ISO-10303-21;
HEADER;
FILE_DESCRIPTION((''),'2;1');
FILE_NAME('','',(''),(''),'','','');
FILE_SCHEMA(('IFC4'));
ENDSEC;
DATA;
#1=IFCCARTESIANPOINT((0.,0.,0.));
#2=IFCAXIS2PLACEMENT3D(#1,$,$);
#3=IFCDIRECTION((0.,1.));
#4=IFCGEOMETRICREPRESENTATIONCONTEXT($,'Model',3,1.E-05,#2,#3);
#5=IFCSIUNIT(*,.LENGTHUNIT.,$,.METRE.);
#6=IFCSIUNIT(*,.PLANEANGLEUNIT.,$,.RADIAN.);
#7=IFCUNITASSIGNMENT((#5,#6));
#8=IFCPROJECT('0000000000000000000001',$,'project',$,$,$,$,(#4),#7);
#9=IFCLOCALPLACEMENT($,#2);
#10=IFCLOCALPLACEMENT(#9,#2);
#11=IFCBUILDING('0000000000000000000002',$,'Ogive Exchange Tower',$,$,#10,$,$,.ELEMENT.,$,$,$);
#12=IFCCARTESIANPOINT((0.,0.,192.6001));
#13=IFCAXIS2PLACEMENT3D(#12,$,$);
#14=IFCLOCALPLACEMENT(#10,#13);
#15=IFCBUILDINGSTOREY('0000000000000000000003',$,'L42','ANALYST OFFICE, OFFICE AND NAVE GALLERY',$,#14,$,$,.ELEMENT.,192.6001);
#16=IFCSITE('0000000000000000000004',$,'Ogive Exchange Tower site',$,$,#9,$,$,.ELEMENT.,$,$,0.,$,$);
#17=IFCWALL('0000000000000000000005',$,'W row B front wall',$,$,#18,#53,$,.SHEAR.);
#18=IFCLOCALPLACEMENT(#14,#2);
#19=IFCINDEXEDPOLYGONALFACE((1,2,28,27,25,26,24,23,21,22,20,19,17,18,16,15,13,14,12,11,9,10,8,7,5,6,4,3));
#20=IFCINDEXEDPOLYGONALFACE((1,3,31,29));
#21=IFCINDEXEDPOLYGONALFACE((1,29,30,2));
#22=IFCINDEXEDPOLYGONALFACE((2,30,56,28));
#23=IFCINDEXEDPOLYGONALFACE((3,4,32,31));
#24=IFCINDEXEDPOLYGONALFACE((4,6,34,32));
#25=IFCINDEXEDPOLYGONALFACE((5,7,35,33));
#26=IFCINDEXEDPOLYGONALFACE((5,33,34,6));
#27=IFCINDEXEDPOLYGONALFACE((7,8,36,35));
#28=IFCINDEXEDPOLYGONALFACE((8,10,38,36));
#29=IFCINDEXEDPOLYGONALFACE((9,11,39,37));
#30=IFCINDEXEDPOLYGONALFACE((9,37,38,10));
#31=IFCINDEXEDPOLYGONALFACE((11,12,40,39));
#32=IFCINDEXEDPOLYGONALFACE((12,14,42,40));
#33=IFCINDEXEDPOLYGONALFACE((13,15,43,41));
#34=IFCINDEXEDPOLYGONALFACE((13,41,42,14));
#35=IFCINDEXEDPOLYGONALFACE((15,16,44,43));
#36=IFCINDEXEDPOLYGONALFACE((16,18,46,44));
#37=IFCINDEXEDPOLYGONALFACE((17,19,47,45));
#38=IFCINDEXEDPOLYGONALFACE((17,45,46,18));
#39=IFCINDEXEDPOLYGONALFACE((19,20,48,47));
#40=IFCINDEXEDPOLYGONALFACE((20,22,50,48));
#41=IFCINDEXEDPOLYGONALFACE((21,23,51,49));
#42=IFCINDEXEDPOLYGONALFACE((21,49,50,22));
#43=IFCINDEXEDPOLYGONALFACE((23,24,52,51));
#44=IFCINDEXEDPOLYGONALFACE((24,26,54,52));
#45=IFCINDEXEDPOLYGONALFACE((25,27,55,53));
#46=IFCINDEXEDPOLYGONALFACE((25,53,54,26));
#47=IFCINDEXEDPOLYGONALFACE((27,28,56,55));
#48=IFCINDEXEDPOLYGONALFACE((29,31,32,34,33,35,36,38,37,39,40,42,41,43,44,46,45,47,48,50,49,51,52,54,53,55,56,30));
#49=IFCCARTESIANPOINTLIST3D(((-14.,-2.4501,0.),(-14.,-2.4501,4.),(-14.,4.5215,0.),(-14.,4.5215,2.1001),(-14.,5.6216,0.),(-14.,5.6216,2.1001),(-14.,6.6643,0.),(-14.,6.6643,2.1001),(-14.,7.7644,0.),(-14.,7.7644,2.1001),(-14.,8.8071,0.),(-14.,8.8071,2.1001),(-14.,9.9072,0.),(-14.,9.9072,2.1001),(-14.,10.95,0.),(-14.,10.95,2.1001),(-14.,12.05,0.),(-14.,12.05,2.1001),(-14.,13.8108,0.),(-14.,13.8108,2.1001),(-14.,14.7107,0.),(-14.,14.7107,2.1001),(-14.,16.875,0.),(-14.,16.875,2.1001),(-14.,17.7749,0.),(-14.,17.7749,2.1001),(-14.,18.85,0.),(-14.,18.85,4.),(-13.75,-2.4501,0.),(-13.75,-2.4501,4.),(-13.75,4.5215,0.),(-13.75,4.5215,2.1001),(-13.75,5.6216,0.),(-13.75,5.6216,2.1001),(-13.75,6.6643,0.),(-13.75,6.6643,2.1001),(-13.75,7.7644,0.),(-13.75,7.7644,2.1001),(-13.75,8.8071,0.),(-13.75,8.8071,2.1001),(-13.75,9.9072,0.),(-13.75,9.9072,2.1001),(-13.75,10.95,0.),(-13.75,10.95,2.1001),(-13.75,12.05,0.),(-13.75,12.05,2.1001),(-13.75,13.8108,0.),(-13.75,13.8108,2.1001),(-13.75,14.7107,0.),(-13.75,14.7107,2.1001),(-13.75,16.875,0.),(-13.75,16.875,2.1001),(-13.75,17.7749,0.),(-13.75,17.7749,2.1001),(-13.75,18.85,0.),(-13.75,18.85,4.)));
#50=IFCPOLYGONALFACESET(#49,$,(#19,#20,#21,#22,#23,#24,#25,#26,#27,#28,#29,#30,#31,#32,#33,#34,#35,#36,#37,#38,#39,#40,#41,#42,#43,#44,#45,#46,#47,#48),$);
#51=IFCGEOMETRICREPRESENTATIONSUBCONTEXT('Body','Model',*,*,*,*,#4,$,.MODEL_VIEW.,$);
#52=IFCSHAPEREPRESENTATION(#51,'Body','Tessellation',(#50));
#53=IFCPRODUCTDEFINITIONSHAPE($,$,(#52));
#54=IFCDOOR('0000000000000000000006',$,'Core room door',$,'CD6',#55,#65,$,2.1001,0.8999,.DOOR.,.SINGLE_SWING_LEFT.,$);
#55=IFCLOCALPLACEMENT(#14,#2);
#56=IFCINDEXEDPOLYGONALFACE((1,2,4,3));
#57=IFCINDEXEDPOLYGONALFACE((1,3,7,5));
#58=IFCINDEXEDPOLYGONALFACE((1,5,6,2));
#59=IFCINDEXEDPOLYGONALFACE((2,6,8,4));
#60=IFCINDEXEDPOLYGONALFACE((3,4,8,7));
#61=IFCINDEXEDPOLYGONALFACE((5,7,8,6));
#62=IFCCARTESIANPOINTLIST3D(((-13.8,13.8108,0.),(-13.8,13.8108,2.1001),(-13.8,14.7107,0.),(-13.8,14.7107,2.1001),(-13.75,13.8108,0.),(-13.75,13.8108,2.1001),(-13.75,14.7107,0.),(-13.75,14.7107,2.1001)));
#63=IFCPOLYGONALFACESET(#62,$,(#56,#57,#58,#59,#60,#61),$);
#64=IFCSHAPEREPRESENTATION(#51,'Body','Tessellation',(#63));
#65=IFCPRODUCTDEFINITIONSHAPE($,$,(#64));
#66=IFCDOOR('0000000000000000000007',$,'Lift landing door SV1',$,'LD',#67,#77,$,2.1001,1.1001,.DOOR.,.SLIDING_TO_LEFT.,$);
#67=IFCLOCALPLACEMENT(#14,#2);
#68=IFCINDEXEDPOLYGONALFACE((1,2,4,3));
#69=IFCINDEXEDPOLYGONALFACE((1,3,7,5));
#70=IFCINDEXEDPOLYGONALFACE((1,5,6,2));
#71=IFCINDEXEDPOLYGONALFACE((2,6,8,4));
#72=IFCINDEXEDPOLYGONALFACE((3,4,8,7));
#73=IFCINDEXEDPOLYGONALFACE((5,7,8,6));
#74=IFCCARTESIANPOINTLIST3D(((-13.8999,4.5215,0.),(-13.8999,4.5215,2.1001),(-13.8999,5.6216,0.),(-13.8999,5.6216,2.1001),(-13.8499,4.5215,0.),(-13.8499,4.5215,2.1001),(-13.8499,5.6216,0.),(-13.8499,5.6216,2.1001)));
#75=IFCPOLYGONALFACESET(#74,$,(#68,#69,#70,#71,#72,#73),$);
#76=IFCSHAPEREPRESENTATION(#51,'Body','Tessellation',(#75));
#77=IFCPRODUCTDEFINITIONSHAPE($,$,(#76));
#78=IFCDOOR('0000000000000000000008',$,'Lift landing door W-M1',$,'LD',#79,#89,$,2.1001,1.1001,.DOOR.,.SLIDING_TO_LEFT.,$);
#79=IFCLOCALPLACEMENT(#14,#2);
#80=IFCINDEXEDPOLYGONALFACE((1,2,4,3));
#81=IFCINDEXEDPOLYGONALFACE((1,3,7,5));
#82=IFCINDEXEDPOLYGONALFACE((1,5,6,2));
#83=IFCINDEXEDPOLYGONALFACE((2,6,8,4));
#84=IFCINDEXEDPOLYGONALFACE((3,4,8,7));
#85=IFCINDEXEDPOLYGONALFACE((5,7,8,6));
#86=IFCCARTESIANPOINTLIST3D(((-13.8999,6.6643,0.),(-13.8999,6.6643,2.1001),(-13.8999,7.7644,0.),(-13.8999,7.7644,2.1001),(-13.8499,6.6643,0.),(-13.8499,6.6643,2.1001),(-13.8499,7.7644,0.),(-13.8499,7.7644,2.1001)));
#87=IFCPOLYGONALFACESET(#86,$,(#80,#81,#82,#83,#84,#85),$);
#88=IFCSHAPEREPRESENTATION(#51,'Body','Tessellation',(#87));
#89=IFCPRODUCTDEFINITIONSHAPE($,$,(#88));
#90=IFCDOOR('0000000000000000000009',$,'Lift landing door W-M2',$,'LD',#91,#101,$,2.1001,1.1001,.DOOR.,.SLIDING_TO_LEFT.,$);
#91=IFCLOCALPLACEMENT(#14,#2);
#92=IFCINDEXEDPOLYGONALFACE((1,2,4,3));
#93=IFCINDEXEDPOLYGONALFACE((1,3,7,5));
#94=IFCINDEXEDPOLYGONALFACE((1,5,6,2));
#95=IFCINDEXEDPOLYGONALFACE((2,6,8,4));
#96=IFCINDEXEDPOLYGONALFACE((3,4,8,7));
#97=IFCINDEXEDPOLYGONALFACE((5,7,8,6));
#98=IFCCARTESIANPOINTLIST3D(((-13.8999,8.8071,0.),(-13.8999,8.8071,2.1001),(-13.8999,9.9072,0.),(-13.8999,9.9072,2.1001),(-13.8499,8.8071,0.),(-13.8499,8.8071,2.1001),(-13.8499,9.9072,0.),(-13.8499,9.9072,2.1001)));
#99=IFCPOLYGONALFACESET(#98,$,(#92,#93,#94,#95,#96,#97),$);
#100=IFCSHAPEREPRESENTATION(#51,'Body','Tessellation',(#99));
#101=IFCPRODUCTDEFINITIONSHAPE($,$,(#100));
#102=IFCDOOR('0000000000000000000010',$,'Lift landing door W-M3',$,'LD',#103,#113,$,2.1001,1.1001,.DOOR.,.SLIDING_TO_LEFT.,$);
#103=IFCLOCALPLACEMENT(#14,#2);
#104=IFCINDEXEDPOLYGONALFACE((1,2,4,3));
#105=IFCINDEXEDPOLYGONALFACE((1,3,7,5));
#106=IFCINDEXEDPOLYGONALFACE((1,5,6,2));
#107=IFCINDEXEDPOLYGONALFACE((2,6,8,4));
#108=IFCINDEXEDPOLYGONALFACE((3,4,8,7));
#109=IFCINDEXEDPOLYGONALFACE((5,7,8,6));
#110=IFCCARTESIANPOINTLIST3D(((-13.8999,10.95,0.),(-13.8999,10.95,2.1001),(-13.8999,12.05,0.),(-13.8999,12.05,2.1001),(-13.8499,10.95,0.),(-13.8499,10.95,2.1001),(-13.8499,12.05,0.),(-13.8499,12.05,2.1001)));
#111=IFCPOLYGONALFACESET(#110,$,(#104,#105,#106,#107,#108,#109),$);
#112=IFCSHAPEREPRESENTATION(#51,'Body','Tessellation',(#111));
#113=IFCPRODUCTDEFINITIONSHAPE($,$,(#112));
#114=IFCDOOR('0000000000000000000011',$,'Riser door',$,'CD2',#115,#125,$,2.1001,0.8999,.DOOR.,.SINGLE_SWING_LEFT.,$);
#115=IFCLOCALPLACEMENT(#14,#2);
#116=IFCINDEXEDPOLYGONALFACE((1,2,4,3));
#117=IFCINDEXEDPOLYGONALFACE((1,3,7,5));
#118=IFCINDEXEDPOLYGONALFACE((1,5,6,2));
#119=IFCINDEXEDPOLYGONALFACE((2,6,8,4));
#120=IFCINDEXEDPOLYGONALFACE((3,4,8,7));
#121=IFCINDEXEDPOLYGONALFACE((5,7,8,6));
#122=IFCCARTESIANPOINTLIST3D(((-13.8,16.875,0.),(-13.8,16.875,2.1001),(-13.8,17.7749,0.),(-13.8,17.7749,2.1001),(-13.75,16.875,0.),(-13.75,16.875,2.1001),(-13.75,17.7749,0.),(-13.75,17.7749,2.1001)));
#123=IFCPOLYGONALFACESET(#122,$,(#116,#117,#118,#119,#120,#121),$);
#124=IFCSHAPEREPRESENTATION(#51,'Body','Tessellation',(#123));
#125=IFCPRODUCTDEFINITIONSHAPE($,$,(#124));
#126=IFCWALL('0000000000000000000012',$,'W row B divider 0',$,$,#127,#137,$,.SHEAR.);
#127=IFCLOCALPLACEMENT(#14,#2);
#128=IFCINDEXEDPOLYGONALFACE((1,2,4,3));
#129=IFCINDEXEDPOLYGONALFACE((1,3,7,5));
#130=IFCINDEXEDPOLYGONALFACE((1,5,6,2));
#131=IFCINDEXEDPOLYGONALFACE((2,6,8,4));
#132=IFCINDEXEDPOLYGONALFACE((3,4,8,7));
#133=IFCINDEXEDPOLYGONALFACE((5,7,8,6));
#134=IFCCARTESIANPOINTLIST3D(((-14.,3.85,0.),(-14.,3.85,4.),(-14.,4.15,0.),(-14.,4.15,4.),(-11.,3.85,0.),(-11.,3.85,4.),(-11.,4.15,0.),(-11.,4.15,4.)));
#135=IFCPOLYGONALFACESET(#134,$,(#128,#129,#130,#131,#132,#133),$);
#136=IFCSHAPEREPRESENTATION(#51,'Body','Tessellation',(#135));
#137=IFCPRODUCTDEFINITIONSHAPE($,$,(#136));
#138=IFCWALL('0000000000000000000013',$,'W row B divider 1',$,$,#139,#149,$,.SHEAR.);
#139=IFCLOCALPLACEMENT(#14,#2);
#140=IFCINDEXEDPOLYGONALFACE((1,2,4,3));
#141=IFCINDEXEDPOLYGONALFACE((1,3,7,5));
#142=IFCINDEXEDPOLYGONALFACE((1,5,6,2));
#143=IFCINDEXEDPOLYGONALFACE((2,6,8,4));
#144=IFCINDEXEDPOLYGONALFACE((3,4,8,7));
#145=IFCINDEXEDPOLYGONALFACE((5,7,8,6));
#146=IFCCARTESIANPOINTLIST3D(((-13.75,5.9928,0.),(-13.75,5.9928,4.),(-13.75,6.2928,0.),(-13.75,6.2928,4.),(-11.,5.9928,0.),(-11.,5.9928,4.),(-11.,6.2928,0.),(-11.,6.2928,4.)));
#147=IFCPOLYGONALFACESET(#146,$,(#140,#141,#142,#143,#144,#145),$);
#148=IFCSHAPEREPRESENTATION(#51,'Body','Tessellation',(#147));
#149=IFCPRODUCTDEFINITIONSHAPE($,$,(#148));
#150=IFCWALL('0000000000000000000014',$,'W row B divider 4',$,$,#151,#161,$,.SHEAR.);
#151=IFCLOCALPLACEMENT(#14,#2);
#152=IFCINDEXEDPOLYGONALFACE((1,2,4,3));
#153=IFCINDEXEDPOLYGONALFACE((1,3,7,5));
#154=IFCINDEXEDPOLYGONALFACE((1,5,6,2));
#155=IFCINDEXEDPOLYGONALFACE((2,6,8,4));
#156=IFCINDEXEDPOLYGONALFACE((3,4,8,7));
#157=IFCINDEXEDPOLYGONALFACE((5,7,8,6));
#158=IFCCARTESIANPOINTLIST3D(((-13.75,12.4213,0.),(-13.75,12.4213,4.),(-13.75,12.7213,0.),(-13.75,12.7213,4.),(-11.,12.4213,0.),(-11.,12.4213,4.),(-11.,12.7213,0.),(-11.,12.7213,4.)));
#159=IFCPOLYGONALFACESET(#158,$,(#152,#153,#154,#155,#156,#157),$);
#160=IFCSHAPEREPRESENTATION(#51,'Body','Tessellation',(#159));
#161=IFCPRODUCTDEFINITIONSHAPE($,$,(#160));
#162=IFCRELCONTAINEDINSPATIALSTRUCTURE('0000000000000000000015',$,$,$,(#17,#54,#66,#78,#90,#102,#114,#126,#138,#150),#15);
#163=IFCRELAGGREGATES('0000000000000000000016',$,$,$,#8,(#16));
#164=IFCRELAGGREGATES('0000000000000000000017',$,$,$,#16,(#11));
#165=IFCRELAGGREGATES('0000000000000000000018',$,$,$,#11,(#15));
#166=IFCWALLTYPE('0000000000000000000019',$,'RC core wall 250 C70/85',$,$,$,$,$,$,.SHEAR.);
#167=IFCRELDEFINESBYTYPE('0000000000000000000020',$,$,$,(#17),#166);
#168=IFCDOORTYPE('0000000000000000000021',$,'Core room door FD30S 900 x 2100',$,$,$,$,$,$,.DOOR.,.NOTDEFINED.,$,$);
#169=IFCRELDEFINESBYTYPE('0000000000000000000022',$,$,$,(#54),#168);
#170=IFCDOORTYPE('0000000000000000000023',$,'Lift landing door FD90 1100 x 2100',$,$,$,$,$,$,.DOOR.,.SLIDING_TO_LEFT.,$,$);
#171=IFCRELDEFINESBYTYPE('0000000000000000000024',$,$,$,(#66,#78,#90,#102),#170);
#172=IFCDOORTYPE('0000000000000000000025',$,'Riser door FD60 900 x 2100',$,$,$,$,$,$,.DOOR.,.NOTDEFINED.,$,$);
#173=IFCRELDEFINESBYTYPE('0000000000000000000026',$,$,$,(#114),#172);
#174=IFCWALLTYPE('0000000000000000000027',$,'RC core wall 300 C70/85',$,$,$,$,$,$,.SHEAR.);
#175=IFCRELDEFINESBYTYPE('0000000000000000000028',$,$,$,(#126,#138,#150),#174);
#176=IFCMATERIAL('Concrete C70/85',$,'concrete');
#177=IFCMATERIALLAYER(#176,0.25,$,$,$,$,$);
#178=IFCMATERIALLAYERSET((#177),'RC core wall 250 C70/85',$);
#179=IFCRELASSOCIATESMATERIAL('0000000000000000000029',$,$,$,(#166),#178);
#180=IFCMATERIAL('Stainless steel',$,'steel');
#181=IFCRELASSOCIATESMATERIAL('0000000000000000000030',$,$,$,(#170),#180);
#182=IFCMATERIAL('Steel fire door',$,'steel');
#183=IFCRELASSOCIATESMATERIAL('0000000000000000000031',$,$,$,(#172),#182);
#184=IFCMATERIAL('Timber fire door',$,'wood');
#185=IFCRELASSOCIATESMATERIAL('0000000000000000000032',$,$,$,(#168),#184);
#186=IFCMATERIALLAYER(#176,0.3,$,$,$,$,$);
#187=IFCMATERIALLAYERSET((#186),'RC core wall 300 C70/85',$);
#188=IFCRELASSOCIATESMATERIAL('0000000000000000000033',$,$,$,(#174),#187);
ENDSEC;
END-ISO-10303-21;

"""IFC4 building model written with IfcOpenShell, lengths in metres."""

from ifc_helpers import new_model, si_unit, direction, frame, frame_2d, origin, place, context, subcontext, project, spatial, rectangle, extrude, material, layer, layer_set, type_object, element, fill, save


model = new_model("IFC4")

# Units and contexts
model_context = context("Model", 3, precision=1e-05, world=origin(), true_north=direction((0.0, 1.0)))
body_context = subcontext(model_context, "Body", "Model", "MODEL_VIEW")
ifc_project = project(units=[si_unit("LENGTHUNIT", "METRE"), si_unit("PLANEANGLEUNIT", "RADIAN")], contexts=[model_context])

# Site, building, storey
site_placement = place(None, origin())
site = spatial("IfcSite", under=ifc_project, at=site_placement, Name="Ogive Exchange Tower site", CompositionType="ELEMENT", RefElevation=0.0)
building_placement = place(site_placement, origin())
building = spatial("IfcBuilding", under=site, at=building_placement, Name="Ogive Exchange Tower", CompositionType="ELEMENT")
storey_placement = place(building_placement, frame((0.0, 0.0, 192.6001)))
storey = spatial("IfcBuildingStorey", under=building, at=storey_placement, Name="L42", Description="ANALYST OFFICE, OFFICE AND NAVE GALLERY", CompositionType="ELEMENT", Elevation=192.6001)

# Shared definitions
ifc_material_1 = material(Name="Concrete C70/85", Category="concrete")
ifc_material_2 = material(Name="Steel fire door", Category="steel")
ifc_layer_1 = layer(ifc_material_1, 0.25)
ifc_layer_set_1 = layer_set([ifc_layer_1], Name="RC core wall 250 C70/85")
wall_type_1 = type_object("IfcWallType", Name="RC core wall 250 C70/85", PredefinedType="SHEAR", material=ifc_layer_set_1)

# Wall, openings, doors
ifc_material_3 = material(Name="Stainless steel", Category="steel")
door_type_1 = type_object("IfcDoorType", Name="Lift landing door FD90 1100 x 2100", OperationType="SLIDING_TO_LEFT", PredefinedType="DOOR", material=ifc_material_3)
door_type_2 = type_object("IfcDoorType", Name="Riser door FD60 900 x 2100", OperationType="NOTDEFINED", PredefinedType="DOOR", material=ifc_material_2)
wall_1_placement = place(storey_placement, frame((-13.875, -2.45, 0.0), z_axis=(0.0, 0.0, 1.0), x_axis=(0.0, 1.0, 0.0)))
wall_1 = element("IfcWall", 1, at=wall_1_placement, inside=storey, type_object=wall_type_1, Name="W row B front wall", PredefinedType="SHEAR", context=body_context, shape_type="SweptSolid", body=[
    extrude(rectangle(XDim=21.3, YDim=0.25, at=frame_2d((10.6499, 0.0))), origin(), (0.0, 0.0, 1.0), 4.0),
])
opening_1_placement = place(wall_1_placement, frame((16.2607, 0.0, 0.0)))
opening_1 = element("IfcOpeningElement", 2, at=opening_1_placement, cuts=wall_1, PredefinedType="OPENING", context=body_context, shape_type="SweptSolid", body=[
    extrude(rectangle(XDim=0.8999, YDim=2.1001, at=frame_2d((0.45, 1.05))), frame((0.0, 0.135, 0.0), z_axis=(0.0, -1.0, 0.0), x_axis=(1.0, 0.0, 0.0)), (0.0, 0.0, 1.0), 0.27),
])
opening_2_placement = place(wall_1_placement, frame((19.325, 0.0, 0.0)))
opening_2 = element("IfcOpeningElement", 3, at=opening_2_placement, cuts=wall_1, PredefinedType="OPENING", context=body_context, shape_type="SweptSolid", body=[
    extrude(rectangle(XDim=0.8999, YDim=2.1001, at=frame_2d((0.45, 1.05))), frame((0.0, 0.135, 0.0), z_axis=(0.0, -1.0, 0.0), x_axis=(1.0, 0.0, 0.0)), (0.0, 0.0, 1.0), 0.27),
])
opening_3_placement = place(wall_1_placement, frame((6.9714, 0.0, 0.0)))
opening_3 = element("IfcOpeningElement", 4, at=opening_3_placement, cuts=wall_1, PredefinedType="OPENING", context=body_context, shape_type="SweptSolid", body=[
    extrude(rectangle(XDim=1.1001, YDim=2.1001, at=frame_2d((0.55, 1.05))), frame((0.0, 0.135, 0.0), z_axis=(0.0, -1.0, 0.0), x_axis=(1.0, 0.0, 0.0)), (0.0, 0.0, 1.0), 0.27),
])
opening_4_placement = place(wall_1_placement, frame((9.1143, 0.0, 0.0)))
opening_4 = element("IfcOpeningElement", 5, at=opening_4_placement, cuts=wall_1, PredefinedType="OPENING", context=body_context, shape_type="SweptSolid", body=[
    extrude(rectangle(XDim=1.1001, YDim=2.1001, at=frame_2d((0.55, 1.05))), frame((0.0, 0.135, 0.0), z_axis=(0.0, -1.0, 0.0), x_axis=(1.0, 0.0, 0.0)), (0.0, 0.0, 1.0), 0.27),
])
opening_5_placement = place(wall_1_placement, frame((11.2571, 0.0, 0.0)))
opening_5 = element("IfcOpeningElement", 6, at=opening_5_placement, cuts=wall_1, PredefinedType="OPENING", context=body_context, shape_type="SweptSolid", body=[
    extrude(rectangle(XDim=1.1001, YDim=2.1001, at=frame_2d((0.55, 1.05))), frame((0.0, 0.135, 0.0), z_axis=(0.0, -1.0, 0.0), x_axis=(1.0, 0.0, 0.0)), (0.0, 0.0, 1.0), 0.27),
])
opening_6_placement = place(wall_1_placement, frame((13.3999, 0.0, 0.0)))
opening_6 = element("IfcOpeningElement", 7, at=opening_6_placement, cuts=wall_1, PredefinedType="OPENING", context=body_context, shape_type="SweptSolid", body=[
    extrude(rectangle(XDim=1.1001, YDim=2.1001, at=frame_2d((0.55, 1.05))), frame((0.0, 0.135, 0.0), z_axis=(0.0, -1.0, 0.0), x_axis=(1.0, 0.0, 0.0)), (0.0, 0.0, 1.0), 0.27),
])
ifc_material_4 = material(Name="Timber fire door", Category="wood")
door_type_3 = type_object("IfcDoorType", Name="Core room door FD30S 900 x 2100", OperationType="NOTDEFINED", PredefinedType="DOOR", material=ifc_material_4)
door_1_placement = place(opening_1_placement, frame((0.8999, -0.2002, 0.0), z_axis=(0.0, 0.0, 1.0), x_axis=(-1.0, 0.0, 0.0)))
door_1 = element("IfcDoor", 8, at=door_1_placement, inside=storey, type_object=door_type_3, Name="Core room door", ObjectType="CD6", OperationType="SINGLE_SWING_LEFT", OverallHeight=2.1001, OverallWidth=0.8999, PredefinedType="DOOR", context=body_context, shape_type="SweptSolid", body=[
    extrude(rectangle(XDim=0.8999, YDim=2.1001, at=frame_2d((0.45, 1.05))), frame((0.0, -0.0752, 0.0), z_axis=(0.0, -1.0, 0.0), x_axis=(1.0, 0.0, 0.0)), (0.0, 0.0, 1.0), 0.05),
])
fill(opening_1, door_1)
door_2_placement = place(opening_3_placement, origin())
door_2 = element("IfcDoor", 9, at=door_2_placement, inside=storey, type_object=door_type_1, Name="Lift landing door SV1", ObjectType="LD", OperationType="SLIDING_TO_LEFT", OverallHeight=2.1001, OverallWidth=1.1001, PredefinedType="DOOR", context=body_context, shape_type="SweptSolid", body=[
    extrude(rectangle(XDim=1.1001, YDim=2.1001, at=frame_2d((0.55, 1.05))), frame((0.0, 0.0249, 0.0), z_axis=(0.0, -1.0, 0.0), x_axis=(1.0, 0.0, 0.0)), (0.0, 0.0, 1.0), 0.05),
])
fill(opening_3, door_2)
door_3_placement = place(opening_4_placement, origin())
door_3 = element("IfcDoor", 10, at=door_3_placement, inside=storey, type_object=door_type_1, Name="Lift landing door W-M1", ObjectType="LD", OperationType="SLIDING_TO_LEFT", OverallHeight=2.1001, OverallWidth=1.1001, PredefinedType="DOOR", context=body_context, shape_type="SweptSolid", body=[
    extrude(rectangle(XDim=1.1001, YDim=2.1001, at=frame_2d((0.55, 1.05))), frame((0.0, 0.0249, 0.0), z_axis=(0.0, -1.0, 0.0), x_axis=(1.0, 0.0, 0.0)), (0.0, 0.0, 1.0), 0.05),
])
fill(opening_4, door_3)
door_4_placement = place(opening_5_placement, origin())
door_4 = element("IfcDoor", 11, at=door_4_placement, inside=storey, type_object=door_type_1, Name="Lift landing door W-M2", ObjectType="LD", OperationType="SLIDING_TO_LEFT", OverallHeight=2.1001, OverallWidth=1.1001, PredefinedType="DOOR", context=body_context, shape_type="SweptSolid", body=[
    extrude(rectangle(XDim=1.1001, YDim=2.1001, at=frame_2d((0.55, 1.05))), frame((0.0, 0.0249, 0.0), z_axis=(0.0, -1.0, 0.0), x_axis=(1.0, 0.0, 0.0)), (0.0, 0.0, 1.0), 0.05),
])
fill(opening_5, door_4)
door_5_placement = place(opening_6_placement, origin())
door_5 = element("IfcDoor", 12, at=door_5_placement, inside=storey, type_object=door_type_1, Name="Lift landing door W-M3", ObjectType="LD", OperationType="SLIDING_TO_LEFT", OverallHeight=2.1001, OverallWidth=1.1001, PredefinedType="DOOR", context=body_context, shape_type="SweptSolid", body=[
    extrude(rectangle(XDim=1.1001, YDim=2.1001, at=frame_2d((0.55, 1.05))), frame((0.0, 0.0249, 0.0), z_axis=(0.0, -1.0, 0.0), x_axis=(1.0, 0.0, 0.0)), (0.0, 0.0, 1.0), 0.05),
])
fill(opening_6, door_5)
door_6_placement = place(opening_2_placement, frame((0.8999, -0.2002, 0.0), z_axis=(0.0, 0.0, 1.0), x_axis=(-1.0, 0.0, 0.0)))
door_6 = element("IfcDoor", 13, at=door_6_placement, inside=storey, type_object=door_type_2, Name="Riser door", ObjectType="CD2", OperationType="SINGLE_SWING_LEFT", OverallHeight=2.1001, OverallWidth=0.8999, PredefinedType="DOOR", context=body_context, shape_type="SweptSolid", body=[
    extrude(rectangle(XDim=0.8999, YDim=2.1001, at=frame_2d((0.45, 1.05))), frame((0.0, -0.0752, 0.0), z_axis=(0.0, -1.0, 0.0), x_axis=(1.0, 0.0, 0.0)), (0.0, 0.0, 1.0), 0.05),
])
fill(opening_2, door_6)

# Walls
ifc_layer_2 = layer(ifc_material_1, 0.3)
ifc_layer_set_2 = layer_set([ifc_layer_2], Name="RC core wall 300 C70/85")
wall_type_2 = type_object("IfcWallType", Name="RC core wall 300 C70/85", PredefinedType="SHEAR", material=ifc_layer_set_2)
wall_2_placement = place(storey_placement, frame((-14.0, 4.0, 0.0), z_axis=(0.0, 0.0, 1.0), x_axis=(1.0, 0.0, 0.0)))
element("IfcWall", 14, at=wall_2_placement, inside=storey, type_object=wall_type_2, Name="W row B divider 0", PredefinedType="SHEAR", context=body_context, shape_type="SweptSolid", body=[
    extrude(rectangle(XDim=3.0, YDim=0.3, at=frame_2d((1.5, 0.0))), origin(), (0.0, 0.0, 1.0), 4.0),
])
for number, where, z_axis, x_axis, name in (
    (15, (-13.75, 6.1428, 0.0), (0.0, 0.0, 1.0), (1.0, 0.0, 0.0), "W row B divider 1"),
    (16, (-13.75, 12.5713, 0.0), (0.0, 0.0, 1.0), (1.0, 0.0, 0.0), "W row B divider 4"),
):
    element("IfcWall", number, at=place(storey_placement, frame(where, z_axis=z_axis, x_axis=x_axis)), inside=storey, type_object=wall_type_2, Name=name, PredefinedType="SHEAR", context=body_context, shape_type="SweptSolid", body=[
        extrude(rectangle(XDim=2.75, YDim=0.3, at=frame_2d((1.375, 0.0))), origin(), (0.0, 0.0, 1.0), 4.0),
    ])

save(model, "model.ifc")
